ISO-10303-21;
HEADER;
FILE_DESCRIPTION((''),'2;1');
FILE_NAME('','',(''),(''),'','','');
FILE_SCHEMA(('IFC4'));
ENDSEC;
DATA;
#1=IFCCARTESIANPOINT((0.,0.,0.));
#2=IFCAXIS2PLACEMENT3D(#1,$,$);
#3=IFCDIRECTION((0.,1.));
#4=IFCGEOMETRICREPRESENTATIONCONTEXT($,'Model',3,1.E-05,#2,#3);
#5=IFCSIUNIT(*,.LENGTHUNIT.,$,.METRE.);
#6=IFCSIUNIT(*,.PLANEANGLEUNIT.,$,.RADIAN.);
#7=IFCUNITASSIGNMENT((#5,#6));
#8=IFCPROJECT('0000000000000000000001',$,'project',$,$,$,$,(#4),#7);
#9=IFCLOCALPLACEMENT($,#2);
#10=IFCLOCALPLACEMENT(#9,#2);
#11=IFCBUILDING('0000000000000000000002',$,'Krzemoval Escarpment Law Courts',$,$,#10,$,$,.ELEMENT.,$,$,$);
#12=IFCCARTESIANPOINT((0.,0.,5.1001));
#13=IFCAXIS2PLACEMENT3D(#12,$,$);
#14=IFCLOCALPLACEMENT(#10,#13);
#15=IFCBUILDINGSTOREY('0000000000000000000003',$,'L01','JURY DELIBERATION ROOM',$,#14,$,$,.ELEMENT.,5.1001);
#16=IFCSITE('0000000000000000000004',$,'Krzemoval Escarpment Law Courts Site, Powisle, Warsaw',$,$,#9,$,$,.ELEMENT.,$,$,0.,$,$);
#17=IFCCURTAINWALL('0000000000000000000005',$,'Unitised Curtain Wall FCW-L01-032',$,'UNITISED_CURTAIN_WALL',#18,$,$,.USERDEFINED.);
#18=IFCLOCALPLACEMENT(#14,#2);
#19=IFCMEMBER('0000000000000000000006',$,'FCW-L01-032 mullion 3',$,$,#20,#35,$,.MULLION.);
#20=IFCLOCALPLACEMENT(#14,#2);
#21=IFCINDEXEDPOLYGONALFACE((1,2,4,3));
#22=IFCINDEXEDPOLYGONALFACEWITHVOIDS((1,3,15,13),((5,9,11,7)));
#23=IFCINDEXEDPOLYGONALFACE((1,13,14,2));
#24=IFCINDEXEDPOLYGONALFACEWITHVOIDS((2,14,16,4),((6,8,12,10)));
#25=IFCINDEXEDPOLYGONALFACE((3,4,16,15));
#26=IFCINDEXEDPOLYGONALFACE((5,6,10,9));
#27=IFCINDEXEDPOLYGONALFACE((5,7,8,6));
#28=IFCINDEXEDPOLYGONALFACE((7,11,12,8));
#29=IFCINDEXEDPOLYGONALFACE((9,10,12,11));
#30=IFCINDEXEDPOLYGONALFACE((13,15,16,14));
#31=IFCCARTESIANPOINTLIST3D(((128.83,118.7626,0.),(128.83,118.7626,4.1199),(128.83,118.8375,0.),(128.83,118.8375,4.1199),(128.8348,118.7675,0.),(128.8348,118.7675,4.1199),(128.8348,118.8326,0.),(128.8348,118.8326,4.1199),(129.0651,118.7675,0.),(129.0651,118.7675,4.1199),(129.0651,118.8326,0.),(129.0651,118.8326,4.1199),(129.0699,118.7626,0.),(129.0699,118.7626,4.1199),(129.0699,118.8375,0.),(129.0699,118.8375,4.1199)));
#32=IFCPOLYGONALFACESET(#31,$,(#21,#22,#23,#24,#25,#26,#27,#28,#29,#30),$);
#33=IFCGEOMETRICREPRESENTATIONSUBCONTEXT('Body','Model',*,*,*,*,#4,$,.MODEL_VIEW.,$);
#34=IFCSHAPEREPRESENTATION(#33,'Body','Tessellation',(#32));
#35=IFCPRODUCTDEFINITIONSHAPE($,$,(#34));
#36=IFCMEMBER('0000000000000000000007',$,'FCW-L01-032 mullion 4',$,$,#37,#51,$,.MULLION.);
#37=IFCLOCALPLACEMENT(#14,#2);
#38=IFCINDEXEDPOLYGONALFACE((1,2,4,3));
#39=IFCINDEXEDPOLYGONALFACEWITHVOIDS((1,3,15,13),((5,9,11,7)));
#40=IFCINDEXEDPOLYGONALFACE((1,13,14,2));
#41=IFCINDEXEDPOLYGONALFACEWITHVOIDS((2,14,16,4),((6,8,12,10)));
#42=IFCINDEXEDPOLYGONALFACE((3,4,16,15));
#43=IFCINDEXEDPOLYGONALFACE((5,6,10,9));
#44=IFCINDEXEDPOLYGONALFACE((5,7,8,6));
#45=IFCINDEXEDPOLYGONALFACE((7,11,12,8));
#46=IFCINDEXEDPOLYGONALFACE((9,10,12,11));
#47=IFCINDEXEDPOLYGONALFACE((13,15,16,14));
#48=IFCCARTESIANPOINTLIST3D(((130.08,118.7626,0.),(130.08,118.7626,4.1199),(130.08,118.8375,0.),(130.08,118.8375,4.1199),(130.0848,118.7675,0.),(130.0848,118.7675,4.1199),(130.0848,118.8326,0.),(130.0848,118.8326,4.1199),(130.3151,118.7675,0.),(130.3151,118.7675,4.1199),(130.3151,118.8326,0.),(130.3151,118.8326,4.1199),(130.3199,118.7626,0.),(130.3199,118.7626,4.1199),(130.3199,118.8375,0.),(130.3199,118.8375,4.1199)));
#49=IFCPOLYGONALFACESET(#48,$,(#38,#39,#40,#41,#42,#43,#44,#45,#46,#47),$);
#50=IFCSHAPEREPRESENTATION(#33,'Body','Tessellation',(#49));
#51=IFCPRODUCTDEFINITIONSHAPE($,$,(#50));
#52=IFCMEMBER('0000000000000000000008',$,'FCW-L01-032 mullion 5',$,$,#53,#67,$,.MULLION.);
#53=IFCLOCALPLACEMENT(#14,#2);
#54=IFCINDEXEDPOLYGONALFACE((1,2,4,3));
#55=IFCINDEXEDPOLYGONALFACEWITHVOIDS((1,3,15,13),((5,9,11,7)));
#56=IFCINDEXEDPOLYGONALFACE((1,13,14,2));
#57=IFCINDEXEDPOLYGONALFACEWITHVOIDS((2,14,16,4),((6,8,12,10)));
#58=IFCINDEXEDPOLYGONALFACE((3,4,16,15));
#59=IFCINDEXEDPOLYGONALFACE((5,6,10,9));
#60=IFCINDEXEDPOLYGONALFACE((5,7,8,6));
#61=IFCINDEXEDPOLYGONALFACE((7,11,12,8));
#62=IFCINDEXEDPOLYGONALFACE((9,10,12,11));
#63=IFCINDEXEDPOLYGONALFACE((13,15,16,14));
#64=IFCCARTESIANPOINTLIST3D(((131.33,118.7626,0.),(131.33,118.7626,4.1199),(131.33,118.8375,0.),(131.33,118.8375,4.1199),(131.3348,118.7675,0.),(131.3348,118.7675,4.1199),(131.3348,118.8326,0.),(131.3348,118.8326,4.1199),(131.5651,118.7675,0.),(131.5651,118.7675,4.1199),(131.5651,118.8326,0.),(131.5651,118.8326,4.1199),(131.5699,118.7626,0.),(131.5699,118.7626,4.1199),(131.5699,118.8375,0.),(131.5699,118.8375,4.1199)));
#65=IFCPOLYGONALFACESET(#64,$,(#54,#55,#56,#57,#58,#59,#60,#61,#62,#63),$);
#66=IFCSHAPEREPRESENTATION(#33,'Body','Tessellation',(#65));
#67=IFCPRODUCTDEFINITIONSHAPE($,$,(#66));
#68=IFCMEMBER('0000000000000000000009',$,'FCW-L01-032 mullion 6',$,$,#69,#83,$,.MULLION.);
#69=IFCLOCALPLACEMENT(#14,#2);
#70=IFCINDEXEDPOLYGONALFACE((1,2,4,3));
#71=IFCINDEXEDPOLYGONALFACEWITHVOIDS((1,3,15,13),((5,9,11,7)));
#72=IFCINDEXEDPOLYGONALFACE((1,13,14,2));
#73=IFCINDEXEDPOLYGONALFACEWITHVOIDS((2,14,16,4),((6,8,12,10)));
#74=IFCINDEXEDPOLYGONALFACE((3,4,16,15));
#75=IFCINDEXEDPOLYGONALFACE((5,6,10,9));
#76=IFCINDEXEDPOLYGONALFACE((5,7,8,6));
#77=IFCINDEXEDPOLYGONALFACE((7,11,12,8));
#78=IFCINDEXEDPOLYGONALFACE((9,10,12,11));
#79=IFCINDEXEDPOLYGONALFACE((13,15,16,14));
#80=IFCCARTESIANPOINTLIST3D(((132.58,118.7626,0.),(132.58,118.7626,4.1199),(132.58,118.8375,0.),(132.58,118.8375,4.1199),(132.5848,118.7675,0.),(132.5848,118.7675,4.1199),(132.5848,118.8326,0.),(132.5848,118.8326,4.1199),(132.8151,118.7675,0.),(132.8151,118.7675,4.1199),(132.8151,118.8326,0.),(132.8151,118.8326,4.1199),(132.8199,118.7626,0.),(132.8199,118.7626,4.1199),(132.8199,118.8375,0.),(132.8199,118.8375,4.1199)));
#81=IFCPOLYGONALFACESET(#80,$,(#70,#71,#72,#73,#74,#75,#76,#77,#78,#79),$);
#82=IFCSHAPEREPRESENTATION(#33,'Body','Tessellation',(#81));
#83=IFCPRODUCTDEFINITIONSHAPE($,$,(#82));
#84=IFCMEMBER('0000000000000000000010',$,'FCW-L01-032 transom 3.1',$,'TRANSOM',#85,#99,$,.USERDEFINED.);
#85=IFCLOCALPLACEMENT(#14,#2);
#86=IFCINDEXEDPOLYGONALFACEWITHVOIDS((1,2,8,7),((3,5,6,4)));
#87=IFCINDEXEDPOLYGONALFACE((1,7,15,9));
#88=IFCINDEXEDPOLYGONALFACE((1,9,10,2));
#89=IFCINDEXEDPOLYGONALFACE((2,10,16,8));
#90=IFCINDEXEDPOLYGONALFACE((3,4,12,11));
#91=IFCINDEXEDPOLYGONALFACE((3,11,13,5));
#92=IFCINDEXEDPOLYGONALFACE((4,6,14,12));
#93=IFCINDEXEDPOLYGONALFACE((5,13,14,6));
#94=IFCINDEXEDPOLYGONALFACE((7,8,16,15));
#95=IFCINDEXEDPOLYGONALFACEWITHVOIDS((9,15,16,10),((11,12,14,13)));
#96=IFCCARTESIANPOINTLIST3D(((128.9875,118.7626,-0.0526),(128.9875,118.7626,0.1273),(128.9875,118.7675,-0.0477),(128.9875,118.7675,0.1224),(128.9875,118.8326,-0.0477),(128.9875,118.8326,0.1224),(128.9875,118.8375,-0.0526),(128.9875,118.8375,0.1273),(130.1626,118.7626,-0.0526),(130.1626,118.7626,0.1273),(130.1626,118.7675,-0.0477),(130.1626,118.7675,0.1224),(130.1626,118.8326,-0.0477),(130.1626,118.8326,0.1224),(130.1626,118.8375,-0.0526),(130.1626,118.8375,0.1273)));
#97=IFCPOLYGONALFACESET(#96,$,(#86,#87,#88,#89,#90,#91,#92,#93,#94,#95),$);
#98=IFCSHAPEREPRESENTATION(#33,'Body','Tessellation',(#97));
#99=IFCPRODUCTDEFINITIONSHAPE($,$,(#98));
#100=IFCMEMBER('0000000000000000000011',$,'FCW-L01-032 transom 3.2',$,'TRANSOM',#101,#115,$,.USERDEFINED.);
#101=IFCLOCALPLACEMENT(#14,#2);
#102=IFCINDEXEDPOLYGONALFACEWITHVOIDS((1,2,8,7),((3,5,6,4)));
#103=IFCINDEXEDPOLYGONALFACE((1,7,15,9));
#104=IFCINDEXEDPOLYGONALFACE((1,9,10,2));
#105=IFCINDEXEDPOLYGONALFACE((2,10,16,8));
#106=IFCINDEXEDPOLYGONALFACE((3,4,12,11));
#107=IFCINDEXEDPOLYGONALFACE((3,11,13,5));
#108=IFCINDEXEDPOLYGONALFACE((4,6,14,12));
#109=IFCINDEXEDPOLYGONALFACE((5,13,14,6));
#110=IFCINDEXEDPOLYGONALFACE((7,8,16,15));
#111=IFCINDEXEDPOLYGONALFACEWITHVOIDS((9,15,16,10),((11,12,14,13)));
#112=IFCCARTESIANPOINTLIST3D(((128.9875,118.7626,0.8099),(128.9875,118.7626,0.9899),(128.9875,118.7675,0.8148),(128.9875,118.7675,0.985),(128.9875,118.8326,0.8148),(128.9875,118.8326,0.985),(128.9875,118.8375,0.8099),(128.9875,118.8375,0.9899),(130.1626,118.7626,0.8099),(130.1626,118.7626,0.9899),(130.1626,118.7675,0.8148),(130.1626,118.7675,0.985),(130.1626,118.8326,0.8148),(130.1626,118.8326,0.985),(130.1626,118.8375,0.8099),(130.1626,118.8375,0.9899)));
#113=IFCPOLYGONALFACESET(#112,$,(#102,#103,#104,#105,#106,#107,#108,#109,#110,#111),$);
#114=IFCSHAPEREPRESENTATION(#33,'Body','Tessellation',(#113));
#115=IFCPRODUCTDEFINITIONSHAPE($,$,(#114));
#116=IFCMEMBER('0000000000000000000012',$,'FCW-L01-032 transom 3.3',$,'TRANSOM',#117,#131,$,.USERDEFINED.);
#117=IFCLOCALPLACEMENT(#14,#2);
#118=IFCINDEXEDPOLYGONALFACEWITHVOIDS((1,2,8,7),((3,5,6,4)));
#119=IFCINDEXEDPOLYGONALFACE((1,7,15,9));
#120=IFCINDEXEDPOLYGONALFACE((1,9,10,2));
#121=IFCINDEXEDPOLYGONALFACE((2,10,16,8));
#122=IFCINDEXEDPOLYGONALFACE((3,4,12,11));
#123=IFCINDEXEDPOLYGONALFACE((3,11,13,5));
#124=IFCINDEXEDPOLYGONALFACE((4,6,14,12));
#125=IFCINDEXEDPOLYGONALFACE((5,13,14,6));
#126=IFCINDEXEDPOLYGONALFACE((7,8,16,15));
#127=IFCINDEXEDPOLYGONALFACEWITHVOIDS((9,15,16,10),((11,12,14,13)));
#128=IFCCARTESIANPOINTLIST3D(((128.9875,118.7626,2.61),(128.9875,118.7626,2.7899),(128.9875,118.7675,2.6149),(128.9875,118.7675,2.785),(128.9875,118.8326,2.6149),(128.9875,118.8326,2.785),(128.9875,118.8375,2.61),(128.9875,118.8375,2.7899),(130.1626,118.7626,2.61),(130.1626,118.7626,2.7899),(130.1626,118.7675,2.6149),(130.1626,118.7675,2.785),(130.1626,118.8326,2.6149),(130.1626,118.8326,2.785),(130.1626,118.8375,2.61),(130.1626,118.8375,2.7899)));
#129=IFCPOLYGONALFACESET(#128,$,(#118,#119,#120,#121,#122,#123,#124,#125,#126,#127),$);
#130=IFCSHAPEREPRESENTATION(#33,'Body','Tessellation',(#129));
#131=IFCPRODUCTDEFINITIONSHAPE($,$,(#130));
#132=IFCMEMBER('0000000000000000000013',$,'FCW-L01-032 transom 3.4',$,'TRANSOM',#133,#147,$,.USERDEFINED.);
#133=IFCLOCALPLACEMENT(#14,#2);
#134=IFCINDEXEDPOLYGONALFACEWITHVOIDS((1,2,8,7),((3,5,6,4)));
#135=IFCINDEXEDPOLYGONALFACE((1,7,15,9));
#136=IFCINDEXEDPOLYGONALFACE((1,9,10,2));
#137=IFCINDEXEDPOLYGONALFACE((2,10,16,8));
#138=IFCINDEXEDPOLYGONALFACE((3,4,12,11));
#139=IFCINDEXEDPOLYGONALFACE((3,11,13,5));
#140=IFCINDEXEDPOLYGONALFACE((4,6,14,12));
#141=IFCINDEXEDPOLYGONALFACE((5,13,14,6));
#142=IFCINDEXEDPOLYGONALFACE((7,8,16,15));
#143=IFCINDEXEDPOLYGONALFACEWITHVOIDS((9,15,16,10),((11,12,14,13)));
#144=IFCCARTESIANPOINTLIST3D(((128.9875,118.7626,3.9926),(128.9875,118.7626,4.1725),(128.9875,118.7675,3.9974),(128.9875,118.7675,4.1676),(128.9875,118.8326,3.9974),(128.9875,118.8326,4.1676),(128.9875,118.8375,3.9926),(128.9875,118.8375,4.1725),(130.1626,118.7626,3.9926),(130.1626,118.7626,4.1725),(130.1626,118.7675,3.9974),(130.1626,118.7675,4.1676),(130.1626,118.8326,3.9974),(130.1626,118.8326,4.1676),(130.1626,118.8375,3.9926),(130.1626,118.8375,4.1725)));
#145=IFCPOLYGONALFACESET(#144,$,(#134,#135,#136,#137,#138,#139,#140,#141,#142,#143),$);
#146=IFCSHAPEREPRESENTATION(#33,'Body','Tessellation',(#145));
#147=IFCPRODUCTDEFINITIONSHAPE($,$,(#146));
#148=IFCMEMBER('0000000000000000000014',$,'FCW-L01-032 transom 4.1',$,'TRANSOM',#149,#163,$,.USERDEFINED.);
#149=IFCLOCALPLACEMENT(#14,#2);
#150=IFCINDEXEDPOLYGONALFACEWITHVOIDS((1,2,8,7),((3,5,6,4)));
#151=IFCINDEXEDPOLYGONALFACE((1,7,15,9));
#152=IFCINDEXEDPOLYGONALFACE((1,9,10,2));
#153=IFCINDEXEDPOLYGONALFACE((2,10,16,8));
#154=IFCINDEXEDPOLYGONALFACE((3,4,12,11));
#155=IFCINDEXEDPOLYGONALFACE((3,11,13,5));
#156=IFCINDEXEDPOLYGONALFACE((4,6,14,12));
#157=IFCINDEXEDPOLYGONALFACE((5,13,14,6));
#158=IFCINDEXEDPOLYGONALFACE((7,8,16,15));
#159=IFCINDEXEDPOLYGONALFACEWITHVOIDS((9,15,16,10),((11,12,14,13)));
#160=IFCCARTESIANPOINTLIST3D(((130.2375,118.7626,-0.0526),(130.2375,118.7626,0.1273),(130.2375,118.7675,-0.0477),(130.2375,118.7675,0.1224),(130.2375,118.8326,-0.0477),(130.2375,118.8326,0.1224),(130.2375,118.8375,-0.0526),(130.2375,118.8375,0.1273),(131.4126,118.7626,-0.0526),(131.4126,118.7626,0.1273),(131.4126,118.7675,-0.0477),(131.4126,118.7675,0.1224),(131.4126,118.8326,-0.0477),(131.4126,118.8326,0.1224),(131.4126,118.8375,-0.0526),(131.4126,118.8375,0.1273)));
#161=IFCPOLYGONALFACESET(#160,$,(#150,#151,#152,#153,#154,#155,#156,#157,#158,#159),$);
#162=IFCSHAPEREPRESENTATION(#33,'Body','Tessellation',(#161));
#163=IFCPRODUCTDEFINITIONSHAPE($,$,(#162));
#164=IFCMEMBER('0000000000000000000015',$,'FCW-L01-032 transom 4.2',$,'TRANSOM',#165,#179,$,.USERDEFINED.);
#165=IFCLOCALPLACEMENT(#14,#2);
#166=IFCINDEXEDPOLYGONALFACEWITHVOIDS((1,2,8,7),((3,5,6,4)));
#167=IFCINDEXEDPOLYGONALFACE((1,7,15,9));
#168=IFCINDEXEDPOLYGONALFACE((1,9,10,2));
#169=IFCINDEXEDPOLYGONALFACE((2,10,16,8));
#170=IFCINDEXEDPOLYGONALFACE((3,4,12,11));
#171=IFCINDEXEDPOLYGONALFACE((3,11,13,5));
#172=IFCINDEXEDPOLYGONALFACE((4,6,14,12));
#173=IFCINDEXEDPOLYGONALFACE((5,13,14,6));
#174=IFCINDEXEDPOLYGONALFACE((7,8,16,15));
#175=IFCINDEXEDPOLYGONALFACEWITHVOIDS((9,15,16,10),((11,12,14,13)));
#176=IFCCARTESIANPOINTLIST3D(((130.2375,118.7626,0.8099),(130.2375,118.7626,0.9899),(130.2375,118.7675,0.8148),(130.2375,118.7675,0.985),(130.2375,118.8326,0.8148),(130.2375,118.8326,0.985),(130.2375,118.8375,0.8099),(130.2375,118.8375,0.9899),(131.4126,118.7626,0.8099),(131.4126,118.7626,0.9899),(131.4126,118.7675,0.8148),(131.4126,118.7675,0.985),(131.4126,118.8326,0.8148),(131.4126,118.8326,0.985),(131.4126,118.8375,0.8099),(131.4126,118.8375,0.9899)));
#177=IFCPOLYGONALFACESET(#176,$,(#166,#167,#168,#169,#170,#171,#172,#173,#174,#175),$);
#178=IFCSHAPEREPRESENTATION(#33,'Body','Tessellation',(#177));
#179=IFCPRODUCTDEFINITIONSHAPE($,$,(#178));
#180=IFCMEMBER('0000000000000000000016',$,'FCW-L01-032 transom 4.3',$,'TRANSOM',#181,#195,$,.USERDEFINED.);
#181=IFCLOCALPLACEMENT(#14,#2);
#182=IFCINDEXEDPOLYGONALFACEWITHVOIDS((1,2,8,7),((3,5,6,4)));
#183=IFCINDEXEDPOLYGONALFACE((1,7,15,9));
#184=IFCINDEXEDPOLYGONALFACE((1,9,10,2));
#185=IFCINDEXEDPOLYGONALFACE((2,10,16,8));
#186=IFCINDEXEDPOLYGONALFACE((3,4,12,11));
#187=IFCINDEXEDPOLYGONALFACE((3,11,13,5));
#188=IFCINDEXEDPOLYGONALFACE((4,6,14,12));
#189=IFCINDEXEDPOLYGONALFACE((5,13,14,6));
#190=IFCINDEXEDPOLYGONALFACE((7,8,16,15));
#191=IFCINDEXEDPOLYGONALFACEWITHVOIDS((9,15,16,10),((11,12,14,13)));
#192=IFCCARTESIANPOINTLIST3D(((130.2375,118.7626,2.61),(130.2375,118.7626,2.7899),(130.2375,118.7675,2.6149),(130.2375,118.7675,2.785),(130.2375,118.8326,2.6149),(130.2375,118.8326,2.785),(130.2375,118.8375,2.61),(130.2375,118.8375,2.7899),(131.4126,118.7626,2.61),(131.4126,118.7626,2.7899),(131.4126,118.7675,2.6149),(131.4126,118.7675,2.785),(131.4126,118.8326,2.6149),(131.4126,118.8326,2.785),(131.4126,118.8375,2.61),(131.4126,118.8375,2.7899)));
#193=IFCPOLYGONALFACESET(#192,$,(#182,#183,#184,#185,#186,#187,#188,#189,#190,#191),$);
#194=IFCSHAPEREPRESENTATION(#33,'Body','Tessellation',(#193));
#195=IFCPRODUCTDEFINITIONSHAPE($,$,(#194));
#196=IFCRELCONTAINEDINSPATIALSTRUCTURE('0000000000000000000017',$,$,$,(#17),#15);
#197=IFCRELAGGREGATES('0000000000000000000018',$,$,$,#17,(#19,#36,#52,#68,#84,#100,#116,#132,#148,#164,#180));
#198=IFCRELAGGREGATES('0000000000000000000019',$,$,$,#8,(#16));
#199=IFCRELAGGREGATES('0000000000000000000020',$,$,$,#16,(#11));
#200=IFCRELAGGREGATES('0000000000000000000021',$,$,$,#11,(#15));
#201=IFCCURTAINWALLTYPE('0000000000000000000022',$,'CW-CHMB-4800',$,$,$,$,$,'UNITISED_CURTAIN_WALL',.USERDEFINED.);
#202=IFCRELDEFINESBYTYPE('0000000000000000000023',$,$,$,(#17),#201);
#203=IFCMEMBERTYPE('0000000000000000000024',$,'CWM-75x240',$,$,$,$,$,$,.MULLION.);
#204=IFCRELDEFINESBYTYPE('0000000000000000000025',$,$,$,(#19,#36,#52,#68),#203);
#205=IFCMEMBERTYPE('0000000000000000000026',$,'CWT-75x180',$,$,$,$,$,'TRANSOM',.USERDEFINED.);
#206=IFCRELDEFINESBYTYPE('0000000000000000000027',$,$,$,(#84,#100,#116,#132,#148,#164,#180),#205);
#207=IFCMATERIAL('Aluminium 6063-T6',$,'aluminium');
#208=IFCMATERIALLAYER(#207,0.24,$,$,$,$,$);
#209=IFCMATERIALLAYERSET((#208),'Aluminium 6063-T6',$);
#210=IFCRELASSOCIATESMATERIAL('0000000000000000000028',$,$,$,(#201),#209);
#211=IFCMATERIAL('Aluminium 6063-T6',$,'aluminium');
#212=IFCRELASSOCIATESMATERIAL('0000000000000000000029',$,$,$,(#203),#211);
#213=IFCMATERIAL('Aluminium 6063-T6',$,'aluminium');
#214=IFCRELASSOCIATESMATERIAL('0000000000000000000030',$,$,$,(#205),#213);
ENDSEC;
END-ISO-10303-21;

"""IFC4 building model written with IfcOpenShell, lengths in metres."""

from ifc_helpers import new_model, si_unit, direction, frame, origin, origin_2d, place, context, subcontext, project, spatial, hollow_rectangle, extrude, material, layer, layer_set, material_profile, profile_set, type_object, element, aggregate, save


model = new_model("IFC4")

# Units and contexts
model_context = context("Model", 3, precision=1e-05, world=origin(), true_north=direction((0.0, 1.0)))
body_context = subcontext(model_context, "Body", "Model", "MODEL_VIEW")
ifc_project = project(units=[si_unit("LENGTHUNIT", "METRE"), si_unit("PLANEANGLEUNIT", "RADIAN")], contexts=[model_context])

# Site, building, storey
site_placement = place(None, origin())
site = spatial("IfcSite", under=ifc_project, at=site_placement, Name="Krzemoval Escarpment Law Courts Site, Powisle, Warsaw", CompositionType="ELEMENT", RefElevation=0.0)
building_placement = place(site_placement, origin())
building = spatial("IfcBuilding", under=site, at=building_placement, Name="Krzemoval Escarpment Law Courts", CompositionType="ELEMENT")
storey_placement = place(building_placement, frame((0.0, 0.0, 5.1001)))
storey = spatial("IfcBuildingStorey", under=building, at=storey_placement, Name="L01", Description="JURY DELIBERATION ROOM", CompositionType="ELEMENT", Elevation=5.1001)

# Curtain wall, members
ifc_material_1 = material(Name="Aluminium 6063-T6", Category="aluminium")
ifc_layer_1 = layer(ifc_material_1, 0.24)
ifc_layer_set_1 = layer_set([ifc_layer_1], Name="Aluminium 6063-T6")
curtain_wall_type = type_object("IfcCurtainWallType", Name="CW-CHMB-4800", ElementType="UNITISED_CURTAIN_WALL", PredefinedType="USERDEFINED", material=ifc_layer_set_1)
curtain_wall_placement = place(storey_placement, origin())
curtain_wall = element("IfcCurtainWall", 1, at=curtain_wall_placement, inside=storey, type_object=curtain_wall_type, Name="Unitised Curtain Wall FCW-L01-032", ObjectType="UNITISED_CURTAIN_WALL", PredefinedType="USERDEFINED")
ifc_material_2 = material(Name="Aluminium 6063-T6", Category="aluminium")
ifc_material_profile_1 = material_profile(ifc_material_2, hollow_rectangle(XDim=0.075, YDim=0.24, WallThickness=0.0049, at=origin_2d()), Name="ALU M75x240")
ifc_profile_set_1 = profile_set([ifc_material_profile_1], Name="Aluminium 6063-T6")
member_type_1 = type_object("IfcMemberType", Name="CWM-75x240", PredefinedType="MULLION", material=ifc_profile_set_1)
member_1_placement = place(storey_placement, frame((128.95, 118.8, 0.0), z_axis=(0.0, 0.0, 1.0), x_axis=(0.0, 1.0, 0.0)))
member_1 = element("IfcMember", 2, at=member_1_placement, type_object=member_type_1, Name="FCW-L01-032 mullion 3", PredefinedType="MULLION", context=body_context, shape_type="SweptSolid", body=[
    extrude(hollow_rectangle(XDim=0.075, YDim=0.24, WallThickness=0.0049, at=origin_2d()), origin(), (0.0, 0.0, 1.0), 4.1199),
])
member_2_placement = place(storey_placement, frame((130.2, 118.8, 0.0), z_axis=(0.0, 0.0, 1.0), x_axis=(0.0, 1.0, 0.0)))
member_2 = element("IfcMember", 3, at=member_2_placement, type_object=member_type_1, Name="FCW-L01-032 mullion 4", PredefinedType="MULLION", context=body_context, shape_type="SweptSolid", body=[
    extrude(hollow_rectangle(XDim=0.075, YDim=0.24, WallThickness=0.0049, at=origin_2d()), origin(), (0.0, 0.0, 1.0), 4.1199),
])
member_3_placement = place(storey_placement, frame((131.45, 118.8, 0.0), z_axis=(0.0, 0.0, 1.0), x_axis=(0.0, 1.0, 0.0)))
member_3 = element("IfcMember", 4, at=member_3_placement, type_object=member_type_1, Name="FCW-L01-032 mullion 5", PredefinedType="MULLION", context=body_context, shape_type="SweptSolid", body=[
    extrude(hollow_rectangle(XDim=0.075, YDim=0.24, WallThickness=0.0049, at=origin_2d()), origin(), (0.0, 0.0, 1.0), 4.1199),
])
member_4_placement = place(storey_placement, frame((132.7, 118.8, 0.0), z_axis=(0.0, 0.0, 1.0), x_axis=(0.0, 1.0, 0.0)))
member_4 = element("IfcMember", 5, at=member_4_placement, type_object=member_type_1, Name="FCW-L01-032 mullion 6", PredefinedType="MULLION", context=body_context, shape_type="SweptSolid", body=[
    extrude(hollow_rectangle(XDim=0.075, YDim=0.24, WallThickness=0.0049, at=origin_2d()), origin(), (0.0, 0.0, 1.0), 4.1199),
])
ifc_material_3 = material(Name="Aluminium 6063-T6", Category="aluminium")
ifc_material_profile_2 = material_profile(ifc_material_3, hollow_rectangle(XDim=0.075, YDim=0.1799, WallThickness=0.0049, at=origin_2d()), Name="ALU T75x180")
ifc_profile_set_2 = profile_set([ifc_material_profile_2], Name="Aluminium 6063-T6")
member_type_2 = type_object("IfcMemberType", Name="CWT-75x180", ElementType="TRANSOM", PredefinedType="USERDEFINED", material=ifc_profile_set_2)
member_5_placement = place(storey_placement, frame((128.9875, 118.8, 0.0374), z_axis=(1.0, 0.0, 0.0), x_axis=(0.0, 1.0, 0.0)))
member_5 = element("IfcMember", 6, at=member_5_placement, type_object=member_type_2, Name="FCW-L01-032 transom 3.1", ObjectType="TRANSOM", PredefinedType="USERDEFINED", context=body_context, shape_type="SweptSolid", body=[
    extrude(hollow_rectangle(XDim=0.075, YDim=0.1799, WallThickness=0.0049, at=origin_2d()), origin(), (0.0, 0.0, 1.0), 1.175),
])
member_6_placement = place(storey_placement, frame((128.9875, 118.8, 0.8999), z_axis=(1.0, 0.0, 0.0), x_axis=(0.0, 1.0, 0.0)))
member_6 = element("IfcMember", 7, at=member_6_placement, type_object=member_type_2, Name="FCW-L01-032 transom 3.2", ObjectType="TRANSOM", PredefinedType="USERDEFINED", context=body_context, shape_type="SweptSolid", body=[
    extrude(hollow_rectangle(XDim=0.075, YDim=0.1799, WallThickness=0.0049, at=origin_2d()), origin(), (0.0, 0.0, 1.0), 1.175),
])
member_7_placement = place(storey_placement, frame((128.9875, 118.8, 2.7), z_axis=(1.0, 0.0, 0.0), x_axis=(0.0, 1.0, 0.0)))
member_7 = element("IfcMember", 8, at=member_7_placement, type_object=member_type_2, Name="FCW-L01-032 transom 3.3", ObjectType="TRANSOM", PredefinedType="USERDEFINED", context=body_context, shape_type="SweptSolid", body=[
    extrude(hollow_rectangle(XDim=0.075, YDim=0.1799, WallThickness=0.0049, at=origin_2d()), origin(), (0.0, 0.0, 1.0), 1.175),
])
member_8_placement = place(storey_placement, frame((128.9875, 118.8, 4.0825), z_axis=(1.0, 0.0, 0.0), x_axis=(0.0, 1.0, 0.0)))
member_8 = element("IfcMember", 9, at=member_8_placement, type_object=member_type_2, Name="FCW-L01-032 transom 3.4", ObjectType="TRANSOM", PredefinedType="USERDEFINED", context=body_context, shape_type="SweptSolid", body=[
    extrude(hollow_rectangle(XDim=0.075, YDim=0.1799, WallThickness=0.0049, at=origin_2d()), origin(), (0.0, 0.0, 1.0), 1.175),
])
member_9_placement = place(storey_placement, frame((130.2375, 118.8, 0.0374), z_axis=(1.0, 0.0, 0.0), x_axis=(0.0, 1.0, 0.0)))
member_9 = element("IfcMember", 10, at=member_9_placement, type_object=member_type_2, Name="FCW-L01-032 transom 4.1", ObjectType="TRANSOM", PredefinedType="USERDEFINED", context=body_context, shape_type="SweptSolid", body=[
    extrude(hollow_rectangle(XDim=0.075, YDim=0.1799, WallThickness=0.0049, at=origin_2d()), origin(), (0.0, 0.0, 1.0), 1.175),
])
member_10_placement = place(storey_placement, frame((130.2375, 118.8, 0.8999), z_axis=(1.0, 0.0, 0.0), x_axis=(0.0, 1.0, 0.0)))
member_10 = element("IfcMember", 11, at=member_10_placement, type_object=member_type_2, Name="FCW-L01-032 transom 4.2", ObjectType="TRANSOM", PredefinedType="USERDEFINED", context=body_context, shape_type="SweptSolid", body=[
    extrude(hollow_rectangle(XDim=0.075, YDim=0.1799, WallThickness=0.0049, at=origin_2d()), origin(), (0.0, 0.0, 1.0), 1.175),
])
member_11_placement = place(storey_placement, frame((130.2375, 118.8, 2.7), z_axis=(1.0, 0.0, 0.0), x_axis=(0.0, 1.0, 0.0)))
member_11 = element("IfcMember", 12, at=member_11_placement, type_object=member_type_2, Name="FCW-L01-032 transom 4.3", ObjectType="TRANSOM", PredefinedType="USERDEFINED", context=body_context, shape_type="SweptSolid", body=[
    extrude(hollow_rectangle(XDim=0.075, YDim=0.1799, WallThickness=0.0049, at=origin_2d()), origin(), (0.0, 0.0, 1.0), 1.175),
])
aggregate(curtain_wall, [member_1, member_2, member_3, member_4, member_5, member_6, member_7, member_8, member_9, member_10, member_11])

save(model, "model.ifc")
